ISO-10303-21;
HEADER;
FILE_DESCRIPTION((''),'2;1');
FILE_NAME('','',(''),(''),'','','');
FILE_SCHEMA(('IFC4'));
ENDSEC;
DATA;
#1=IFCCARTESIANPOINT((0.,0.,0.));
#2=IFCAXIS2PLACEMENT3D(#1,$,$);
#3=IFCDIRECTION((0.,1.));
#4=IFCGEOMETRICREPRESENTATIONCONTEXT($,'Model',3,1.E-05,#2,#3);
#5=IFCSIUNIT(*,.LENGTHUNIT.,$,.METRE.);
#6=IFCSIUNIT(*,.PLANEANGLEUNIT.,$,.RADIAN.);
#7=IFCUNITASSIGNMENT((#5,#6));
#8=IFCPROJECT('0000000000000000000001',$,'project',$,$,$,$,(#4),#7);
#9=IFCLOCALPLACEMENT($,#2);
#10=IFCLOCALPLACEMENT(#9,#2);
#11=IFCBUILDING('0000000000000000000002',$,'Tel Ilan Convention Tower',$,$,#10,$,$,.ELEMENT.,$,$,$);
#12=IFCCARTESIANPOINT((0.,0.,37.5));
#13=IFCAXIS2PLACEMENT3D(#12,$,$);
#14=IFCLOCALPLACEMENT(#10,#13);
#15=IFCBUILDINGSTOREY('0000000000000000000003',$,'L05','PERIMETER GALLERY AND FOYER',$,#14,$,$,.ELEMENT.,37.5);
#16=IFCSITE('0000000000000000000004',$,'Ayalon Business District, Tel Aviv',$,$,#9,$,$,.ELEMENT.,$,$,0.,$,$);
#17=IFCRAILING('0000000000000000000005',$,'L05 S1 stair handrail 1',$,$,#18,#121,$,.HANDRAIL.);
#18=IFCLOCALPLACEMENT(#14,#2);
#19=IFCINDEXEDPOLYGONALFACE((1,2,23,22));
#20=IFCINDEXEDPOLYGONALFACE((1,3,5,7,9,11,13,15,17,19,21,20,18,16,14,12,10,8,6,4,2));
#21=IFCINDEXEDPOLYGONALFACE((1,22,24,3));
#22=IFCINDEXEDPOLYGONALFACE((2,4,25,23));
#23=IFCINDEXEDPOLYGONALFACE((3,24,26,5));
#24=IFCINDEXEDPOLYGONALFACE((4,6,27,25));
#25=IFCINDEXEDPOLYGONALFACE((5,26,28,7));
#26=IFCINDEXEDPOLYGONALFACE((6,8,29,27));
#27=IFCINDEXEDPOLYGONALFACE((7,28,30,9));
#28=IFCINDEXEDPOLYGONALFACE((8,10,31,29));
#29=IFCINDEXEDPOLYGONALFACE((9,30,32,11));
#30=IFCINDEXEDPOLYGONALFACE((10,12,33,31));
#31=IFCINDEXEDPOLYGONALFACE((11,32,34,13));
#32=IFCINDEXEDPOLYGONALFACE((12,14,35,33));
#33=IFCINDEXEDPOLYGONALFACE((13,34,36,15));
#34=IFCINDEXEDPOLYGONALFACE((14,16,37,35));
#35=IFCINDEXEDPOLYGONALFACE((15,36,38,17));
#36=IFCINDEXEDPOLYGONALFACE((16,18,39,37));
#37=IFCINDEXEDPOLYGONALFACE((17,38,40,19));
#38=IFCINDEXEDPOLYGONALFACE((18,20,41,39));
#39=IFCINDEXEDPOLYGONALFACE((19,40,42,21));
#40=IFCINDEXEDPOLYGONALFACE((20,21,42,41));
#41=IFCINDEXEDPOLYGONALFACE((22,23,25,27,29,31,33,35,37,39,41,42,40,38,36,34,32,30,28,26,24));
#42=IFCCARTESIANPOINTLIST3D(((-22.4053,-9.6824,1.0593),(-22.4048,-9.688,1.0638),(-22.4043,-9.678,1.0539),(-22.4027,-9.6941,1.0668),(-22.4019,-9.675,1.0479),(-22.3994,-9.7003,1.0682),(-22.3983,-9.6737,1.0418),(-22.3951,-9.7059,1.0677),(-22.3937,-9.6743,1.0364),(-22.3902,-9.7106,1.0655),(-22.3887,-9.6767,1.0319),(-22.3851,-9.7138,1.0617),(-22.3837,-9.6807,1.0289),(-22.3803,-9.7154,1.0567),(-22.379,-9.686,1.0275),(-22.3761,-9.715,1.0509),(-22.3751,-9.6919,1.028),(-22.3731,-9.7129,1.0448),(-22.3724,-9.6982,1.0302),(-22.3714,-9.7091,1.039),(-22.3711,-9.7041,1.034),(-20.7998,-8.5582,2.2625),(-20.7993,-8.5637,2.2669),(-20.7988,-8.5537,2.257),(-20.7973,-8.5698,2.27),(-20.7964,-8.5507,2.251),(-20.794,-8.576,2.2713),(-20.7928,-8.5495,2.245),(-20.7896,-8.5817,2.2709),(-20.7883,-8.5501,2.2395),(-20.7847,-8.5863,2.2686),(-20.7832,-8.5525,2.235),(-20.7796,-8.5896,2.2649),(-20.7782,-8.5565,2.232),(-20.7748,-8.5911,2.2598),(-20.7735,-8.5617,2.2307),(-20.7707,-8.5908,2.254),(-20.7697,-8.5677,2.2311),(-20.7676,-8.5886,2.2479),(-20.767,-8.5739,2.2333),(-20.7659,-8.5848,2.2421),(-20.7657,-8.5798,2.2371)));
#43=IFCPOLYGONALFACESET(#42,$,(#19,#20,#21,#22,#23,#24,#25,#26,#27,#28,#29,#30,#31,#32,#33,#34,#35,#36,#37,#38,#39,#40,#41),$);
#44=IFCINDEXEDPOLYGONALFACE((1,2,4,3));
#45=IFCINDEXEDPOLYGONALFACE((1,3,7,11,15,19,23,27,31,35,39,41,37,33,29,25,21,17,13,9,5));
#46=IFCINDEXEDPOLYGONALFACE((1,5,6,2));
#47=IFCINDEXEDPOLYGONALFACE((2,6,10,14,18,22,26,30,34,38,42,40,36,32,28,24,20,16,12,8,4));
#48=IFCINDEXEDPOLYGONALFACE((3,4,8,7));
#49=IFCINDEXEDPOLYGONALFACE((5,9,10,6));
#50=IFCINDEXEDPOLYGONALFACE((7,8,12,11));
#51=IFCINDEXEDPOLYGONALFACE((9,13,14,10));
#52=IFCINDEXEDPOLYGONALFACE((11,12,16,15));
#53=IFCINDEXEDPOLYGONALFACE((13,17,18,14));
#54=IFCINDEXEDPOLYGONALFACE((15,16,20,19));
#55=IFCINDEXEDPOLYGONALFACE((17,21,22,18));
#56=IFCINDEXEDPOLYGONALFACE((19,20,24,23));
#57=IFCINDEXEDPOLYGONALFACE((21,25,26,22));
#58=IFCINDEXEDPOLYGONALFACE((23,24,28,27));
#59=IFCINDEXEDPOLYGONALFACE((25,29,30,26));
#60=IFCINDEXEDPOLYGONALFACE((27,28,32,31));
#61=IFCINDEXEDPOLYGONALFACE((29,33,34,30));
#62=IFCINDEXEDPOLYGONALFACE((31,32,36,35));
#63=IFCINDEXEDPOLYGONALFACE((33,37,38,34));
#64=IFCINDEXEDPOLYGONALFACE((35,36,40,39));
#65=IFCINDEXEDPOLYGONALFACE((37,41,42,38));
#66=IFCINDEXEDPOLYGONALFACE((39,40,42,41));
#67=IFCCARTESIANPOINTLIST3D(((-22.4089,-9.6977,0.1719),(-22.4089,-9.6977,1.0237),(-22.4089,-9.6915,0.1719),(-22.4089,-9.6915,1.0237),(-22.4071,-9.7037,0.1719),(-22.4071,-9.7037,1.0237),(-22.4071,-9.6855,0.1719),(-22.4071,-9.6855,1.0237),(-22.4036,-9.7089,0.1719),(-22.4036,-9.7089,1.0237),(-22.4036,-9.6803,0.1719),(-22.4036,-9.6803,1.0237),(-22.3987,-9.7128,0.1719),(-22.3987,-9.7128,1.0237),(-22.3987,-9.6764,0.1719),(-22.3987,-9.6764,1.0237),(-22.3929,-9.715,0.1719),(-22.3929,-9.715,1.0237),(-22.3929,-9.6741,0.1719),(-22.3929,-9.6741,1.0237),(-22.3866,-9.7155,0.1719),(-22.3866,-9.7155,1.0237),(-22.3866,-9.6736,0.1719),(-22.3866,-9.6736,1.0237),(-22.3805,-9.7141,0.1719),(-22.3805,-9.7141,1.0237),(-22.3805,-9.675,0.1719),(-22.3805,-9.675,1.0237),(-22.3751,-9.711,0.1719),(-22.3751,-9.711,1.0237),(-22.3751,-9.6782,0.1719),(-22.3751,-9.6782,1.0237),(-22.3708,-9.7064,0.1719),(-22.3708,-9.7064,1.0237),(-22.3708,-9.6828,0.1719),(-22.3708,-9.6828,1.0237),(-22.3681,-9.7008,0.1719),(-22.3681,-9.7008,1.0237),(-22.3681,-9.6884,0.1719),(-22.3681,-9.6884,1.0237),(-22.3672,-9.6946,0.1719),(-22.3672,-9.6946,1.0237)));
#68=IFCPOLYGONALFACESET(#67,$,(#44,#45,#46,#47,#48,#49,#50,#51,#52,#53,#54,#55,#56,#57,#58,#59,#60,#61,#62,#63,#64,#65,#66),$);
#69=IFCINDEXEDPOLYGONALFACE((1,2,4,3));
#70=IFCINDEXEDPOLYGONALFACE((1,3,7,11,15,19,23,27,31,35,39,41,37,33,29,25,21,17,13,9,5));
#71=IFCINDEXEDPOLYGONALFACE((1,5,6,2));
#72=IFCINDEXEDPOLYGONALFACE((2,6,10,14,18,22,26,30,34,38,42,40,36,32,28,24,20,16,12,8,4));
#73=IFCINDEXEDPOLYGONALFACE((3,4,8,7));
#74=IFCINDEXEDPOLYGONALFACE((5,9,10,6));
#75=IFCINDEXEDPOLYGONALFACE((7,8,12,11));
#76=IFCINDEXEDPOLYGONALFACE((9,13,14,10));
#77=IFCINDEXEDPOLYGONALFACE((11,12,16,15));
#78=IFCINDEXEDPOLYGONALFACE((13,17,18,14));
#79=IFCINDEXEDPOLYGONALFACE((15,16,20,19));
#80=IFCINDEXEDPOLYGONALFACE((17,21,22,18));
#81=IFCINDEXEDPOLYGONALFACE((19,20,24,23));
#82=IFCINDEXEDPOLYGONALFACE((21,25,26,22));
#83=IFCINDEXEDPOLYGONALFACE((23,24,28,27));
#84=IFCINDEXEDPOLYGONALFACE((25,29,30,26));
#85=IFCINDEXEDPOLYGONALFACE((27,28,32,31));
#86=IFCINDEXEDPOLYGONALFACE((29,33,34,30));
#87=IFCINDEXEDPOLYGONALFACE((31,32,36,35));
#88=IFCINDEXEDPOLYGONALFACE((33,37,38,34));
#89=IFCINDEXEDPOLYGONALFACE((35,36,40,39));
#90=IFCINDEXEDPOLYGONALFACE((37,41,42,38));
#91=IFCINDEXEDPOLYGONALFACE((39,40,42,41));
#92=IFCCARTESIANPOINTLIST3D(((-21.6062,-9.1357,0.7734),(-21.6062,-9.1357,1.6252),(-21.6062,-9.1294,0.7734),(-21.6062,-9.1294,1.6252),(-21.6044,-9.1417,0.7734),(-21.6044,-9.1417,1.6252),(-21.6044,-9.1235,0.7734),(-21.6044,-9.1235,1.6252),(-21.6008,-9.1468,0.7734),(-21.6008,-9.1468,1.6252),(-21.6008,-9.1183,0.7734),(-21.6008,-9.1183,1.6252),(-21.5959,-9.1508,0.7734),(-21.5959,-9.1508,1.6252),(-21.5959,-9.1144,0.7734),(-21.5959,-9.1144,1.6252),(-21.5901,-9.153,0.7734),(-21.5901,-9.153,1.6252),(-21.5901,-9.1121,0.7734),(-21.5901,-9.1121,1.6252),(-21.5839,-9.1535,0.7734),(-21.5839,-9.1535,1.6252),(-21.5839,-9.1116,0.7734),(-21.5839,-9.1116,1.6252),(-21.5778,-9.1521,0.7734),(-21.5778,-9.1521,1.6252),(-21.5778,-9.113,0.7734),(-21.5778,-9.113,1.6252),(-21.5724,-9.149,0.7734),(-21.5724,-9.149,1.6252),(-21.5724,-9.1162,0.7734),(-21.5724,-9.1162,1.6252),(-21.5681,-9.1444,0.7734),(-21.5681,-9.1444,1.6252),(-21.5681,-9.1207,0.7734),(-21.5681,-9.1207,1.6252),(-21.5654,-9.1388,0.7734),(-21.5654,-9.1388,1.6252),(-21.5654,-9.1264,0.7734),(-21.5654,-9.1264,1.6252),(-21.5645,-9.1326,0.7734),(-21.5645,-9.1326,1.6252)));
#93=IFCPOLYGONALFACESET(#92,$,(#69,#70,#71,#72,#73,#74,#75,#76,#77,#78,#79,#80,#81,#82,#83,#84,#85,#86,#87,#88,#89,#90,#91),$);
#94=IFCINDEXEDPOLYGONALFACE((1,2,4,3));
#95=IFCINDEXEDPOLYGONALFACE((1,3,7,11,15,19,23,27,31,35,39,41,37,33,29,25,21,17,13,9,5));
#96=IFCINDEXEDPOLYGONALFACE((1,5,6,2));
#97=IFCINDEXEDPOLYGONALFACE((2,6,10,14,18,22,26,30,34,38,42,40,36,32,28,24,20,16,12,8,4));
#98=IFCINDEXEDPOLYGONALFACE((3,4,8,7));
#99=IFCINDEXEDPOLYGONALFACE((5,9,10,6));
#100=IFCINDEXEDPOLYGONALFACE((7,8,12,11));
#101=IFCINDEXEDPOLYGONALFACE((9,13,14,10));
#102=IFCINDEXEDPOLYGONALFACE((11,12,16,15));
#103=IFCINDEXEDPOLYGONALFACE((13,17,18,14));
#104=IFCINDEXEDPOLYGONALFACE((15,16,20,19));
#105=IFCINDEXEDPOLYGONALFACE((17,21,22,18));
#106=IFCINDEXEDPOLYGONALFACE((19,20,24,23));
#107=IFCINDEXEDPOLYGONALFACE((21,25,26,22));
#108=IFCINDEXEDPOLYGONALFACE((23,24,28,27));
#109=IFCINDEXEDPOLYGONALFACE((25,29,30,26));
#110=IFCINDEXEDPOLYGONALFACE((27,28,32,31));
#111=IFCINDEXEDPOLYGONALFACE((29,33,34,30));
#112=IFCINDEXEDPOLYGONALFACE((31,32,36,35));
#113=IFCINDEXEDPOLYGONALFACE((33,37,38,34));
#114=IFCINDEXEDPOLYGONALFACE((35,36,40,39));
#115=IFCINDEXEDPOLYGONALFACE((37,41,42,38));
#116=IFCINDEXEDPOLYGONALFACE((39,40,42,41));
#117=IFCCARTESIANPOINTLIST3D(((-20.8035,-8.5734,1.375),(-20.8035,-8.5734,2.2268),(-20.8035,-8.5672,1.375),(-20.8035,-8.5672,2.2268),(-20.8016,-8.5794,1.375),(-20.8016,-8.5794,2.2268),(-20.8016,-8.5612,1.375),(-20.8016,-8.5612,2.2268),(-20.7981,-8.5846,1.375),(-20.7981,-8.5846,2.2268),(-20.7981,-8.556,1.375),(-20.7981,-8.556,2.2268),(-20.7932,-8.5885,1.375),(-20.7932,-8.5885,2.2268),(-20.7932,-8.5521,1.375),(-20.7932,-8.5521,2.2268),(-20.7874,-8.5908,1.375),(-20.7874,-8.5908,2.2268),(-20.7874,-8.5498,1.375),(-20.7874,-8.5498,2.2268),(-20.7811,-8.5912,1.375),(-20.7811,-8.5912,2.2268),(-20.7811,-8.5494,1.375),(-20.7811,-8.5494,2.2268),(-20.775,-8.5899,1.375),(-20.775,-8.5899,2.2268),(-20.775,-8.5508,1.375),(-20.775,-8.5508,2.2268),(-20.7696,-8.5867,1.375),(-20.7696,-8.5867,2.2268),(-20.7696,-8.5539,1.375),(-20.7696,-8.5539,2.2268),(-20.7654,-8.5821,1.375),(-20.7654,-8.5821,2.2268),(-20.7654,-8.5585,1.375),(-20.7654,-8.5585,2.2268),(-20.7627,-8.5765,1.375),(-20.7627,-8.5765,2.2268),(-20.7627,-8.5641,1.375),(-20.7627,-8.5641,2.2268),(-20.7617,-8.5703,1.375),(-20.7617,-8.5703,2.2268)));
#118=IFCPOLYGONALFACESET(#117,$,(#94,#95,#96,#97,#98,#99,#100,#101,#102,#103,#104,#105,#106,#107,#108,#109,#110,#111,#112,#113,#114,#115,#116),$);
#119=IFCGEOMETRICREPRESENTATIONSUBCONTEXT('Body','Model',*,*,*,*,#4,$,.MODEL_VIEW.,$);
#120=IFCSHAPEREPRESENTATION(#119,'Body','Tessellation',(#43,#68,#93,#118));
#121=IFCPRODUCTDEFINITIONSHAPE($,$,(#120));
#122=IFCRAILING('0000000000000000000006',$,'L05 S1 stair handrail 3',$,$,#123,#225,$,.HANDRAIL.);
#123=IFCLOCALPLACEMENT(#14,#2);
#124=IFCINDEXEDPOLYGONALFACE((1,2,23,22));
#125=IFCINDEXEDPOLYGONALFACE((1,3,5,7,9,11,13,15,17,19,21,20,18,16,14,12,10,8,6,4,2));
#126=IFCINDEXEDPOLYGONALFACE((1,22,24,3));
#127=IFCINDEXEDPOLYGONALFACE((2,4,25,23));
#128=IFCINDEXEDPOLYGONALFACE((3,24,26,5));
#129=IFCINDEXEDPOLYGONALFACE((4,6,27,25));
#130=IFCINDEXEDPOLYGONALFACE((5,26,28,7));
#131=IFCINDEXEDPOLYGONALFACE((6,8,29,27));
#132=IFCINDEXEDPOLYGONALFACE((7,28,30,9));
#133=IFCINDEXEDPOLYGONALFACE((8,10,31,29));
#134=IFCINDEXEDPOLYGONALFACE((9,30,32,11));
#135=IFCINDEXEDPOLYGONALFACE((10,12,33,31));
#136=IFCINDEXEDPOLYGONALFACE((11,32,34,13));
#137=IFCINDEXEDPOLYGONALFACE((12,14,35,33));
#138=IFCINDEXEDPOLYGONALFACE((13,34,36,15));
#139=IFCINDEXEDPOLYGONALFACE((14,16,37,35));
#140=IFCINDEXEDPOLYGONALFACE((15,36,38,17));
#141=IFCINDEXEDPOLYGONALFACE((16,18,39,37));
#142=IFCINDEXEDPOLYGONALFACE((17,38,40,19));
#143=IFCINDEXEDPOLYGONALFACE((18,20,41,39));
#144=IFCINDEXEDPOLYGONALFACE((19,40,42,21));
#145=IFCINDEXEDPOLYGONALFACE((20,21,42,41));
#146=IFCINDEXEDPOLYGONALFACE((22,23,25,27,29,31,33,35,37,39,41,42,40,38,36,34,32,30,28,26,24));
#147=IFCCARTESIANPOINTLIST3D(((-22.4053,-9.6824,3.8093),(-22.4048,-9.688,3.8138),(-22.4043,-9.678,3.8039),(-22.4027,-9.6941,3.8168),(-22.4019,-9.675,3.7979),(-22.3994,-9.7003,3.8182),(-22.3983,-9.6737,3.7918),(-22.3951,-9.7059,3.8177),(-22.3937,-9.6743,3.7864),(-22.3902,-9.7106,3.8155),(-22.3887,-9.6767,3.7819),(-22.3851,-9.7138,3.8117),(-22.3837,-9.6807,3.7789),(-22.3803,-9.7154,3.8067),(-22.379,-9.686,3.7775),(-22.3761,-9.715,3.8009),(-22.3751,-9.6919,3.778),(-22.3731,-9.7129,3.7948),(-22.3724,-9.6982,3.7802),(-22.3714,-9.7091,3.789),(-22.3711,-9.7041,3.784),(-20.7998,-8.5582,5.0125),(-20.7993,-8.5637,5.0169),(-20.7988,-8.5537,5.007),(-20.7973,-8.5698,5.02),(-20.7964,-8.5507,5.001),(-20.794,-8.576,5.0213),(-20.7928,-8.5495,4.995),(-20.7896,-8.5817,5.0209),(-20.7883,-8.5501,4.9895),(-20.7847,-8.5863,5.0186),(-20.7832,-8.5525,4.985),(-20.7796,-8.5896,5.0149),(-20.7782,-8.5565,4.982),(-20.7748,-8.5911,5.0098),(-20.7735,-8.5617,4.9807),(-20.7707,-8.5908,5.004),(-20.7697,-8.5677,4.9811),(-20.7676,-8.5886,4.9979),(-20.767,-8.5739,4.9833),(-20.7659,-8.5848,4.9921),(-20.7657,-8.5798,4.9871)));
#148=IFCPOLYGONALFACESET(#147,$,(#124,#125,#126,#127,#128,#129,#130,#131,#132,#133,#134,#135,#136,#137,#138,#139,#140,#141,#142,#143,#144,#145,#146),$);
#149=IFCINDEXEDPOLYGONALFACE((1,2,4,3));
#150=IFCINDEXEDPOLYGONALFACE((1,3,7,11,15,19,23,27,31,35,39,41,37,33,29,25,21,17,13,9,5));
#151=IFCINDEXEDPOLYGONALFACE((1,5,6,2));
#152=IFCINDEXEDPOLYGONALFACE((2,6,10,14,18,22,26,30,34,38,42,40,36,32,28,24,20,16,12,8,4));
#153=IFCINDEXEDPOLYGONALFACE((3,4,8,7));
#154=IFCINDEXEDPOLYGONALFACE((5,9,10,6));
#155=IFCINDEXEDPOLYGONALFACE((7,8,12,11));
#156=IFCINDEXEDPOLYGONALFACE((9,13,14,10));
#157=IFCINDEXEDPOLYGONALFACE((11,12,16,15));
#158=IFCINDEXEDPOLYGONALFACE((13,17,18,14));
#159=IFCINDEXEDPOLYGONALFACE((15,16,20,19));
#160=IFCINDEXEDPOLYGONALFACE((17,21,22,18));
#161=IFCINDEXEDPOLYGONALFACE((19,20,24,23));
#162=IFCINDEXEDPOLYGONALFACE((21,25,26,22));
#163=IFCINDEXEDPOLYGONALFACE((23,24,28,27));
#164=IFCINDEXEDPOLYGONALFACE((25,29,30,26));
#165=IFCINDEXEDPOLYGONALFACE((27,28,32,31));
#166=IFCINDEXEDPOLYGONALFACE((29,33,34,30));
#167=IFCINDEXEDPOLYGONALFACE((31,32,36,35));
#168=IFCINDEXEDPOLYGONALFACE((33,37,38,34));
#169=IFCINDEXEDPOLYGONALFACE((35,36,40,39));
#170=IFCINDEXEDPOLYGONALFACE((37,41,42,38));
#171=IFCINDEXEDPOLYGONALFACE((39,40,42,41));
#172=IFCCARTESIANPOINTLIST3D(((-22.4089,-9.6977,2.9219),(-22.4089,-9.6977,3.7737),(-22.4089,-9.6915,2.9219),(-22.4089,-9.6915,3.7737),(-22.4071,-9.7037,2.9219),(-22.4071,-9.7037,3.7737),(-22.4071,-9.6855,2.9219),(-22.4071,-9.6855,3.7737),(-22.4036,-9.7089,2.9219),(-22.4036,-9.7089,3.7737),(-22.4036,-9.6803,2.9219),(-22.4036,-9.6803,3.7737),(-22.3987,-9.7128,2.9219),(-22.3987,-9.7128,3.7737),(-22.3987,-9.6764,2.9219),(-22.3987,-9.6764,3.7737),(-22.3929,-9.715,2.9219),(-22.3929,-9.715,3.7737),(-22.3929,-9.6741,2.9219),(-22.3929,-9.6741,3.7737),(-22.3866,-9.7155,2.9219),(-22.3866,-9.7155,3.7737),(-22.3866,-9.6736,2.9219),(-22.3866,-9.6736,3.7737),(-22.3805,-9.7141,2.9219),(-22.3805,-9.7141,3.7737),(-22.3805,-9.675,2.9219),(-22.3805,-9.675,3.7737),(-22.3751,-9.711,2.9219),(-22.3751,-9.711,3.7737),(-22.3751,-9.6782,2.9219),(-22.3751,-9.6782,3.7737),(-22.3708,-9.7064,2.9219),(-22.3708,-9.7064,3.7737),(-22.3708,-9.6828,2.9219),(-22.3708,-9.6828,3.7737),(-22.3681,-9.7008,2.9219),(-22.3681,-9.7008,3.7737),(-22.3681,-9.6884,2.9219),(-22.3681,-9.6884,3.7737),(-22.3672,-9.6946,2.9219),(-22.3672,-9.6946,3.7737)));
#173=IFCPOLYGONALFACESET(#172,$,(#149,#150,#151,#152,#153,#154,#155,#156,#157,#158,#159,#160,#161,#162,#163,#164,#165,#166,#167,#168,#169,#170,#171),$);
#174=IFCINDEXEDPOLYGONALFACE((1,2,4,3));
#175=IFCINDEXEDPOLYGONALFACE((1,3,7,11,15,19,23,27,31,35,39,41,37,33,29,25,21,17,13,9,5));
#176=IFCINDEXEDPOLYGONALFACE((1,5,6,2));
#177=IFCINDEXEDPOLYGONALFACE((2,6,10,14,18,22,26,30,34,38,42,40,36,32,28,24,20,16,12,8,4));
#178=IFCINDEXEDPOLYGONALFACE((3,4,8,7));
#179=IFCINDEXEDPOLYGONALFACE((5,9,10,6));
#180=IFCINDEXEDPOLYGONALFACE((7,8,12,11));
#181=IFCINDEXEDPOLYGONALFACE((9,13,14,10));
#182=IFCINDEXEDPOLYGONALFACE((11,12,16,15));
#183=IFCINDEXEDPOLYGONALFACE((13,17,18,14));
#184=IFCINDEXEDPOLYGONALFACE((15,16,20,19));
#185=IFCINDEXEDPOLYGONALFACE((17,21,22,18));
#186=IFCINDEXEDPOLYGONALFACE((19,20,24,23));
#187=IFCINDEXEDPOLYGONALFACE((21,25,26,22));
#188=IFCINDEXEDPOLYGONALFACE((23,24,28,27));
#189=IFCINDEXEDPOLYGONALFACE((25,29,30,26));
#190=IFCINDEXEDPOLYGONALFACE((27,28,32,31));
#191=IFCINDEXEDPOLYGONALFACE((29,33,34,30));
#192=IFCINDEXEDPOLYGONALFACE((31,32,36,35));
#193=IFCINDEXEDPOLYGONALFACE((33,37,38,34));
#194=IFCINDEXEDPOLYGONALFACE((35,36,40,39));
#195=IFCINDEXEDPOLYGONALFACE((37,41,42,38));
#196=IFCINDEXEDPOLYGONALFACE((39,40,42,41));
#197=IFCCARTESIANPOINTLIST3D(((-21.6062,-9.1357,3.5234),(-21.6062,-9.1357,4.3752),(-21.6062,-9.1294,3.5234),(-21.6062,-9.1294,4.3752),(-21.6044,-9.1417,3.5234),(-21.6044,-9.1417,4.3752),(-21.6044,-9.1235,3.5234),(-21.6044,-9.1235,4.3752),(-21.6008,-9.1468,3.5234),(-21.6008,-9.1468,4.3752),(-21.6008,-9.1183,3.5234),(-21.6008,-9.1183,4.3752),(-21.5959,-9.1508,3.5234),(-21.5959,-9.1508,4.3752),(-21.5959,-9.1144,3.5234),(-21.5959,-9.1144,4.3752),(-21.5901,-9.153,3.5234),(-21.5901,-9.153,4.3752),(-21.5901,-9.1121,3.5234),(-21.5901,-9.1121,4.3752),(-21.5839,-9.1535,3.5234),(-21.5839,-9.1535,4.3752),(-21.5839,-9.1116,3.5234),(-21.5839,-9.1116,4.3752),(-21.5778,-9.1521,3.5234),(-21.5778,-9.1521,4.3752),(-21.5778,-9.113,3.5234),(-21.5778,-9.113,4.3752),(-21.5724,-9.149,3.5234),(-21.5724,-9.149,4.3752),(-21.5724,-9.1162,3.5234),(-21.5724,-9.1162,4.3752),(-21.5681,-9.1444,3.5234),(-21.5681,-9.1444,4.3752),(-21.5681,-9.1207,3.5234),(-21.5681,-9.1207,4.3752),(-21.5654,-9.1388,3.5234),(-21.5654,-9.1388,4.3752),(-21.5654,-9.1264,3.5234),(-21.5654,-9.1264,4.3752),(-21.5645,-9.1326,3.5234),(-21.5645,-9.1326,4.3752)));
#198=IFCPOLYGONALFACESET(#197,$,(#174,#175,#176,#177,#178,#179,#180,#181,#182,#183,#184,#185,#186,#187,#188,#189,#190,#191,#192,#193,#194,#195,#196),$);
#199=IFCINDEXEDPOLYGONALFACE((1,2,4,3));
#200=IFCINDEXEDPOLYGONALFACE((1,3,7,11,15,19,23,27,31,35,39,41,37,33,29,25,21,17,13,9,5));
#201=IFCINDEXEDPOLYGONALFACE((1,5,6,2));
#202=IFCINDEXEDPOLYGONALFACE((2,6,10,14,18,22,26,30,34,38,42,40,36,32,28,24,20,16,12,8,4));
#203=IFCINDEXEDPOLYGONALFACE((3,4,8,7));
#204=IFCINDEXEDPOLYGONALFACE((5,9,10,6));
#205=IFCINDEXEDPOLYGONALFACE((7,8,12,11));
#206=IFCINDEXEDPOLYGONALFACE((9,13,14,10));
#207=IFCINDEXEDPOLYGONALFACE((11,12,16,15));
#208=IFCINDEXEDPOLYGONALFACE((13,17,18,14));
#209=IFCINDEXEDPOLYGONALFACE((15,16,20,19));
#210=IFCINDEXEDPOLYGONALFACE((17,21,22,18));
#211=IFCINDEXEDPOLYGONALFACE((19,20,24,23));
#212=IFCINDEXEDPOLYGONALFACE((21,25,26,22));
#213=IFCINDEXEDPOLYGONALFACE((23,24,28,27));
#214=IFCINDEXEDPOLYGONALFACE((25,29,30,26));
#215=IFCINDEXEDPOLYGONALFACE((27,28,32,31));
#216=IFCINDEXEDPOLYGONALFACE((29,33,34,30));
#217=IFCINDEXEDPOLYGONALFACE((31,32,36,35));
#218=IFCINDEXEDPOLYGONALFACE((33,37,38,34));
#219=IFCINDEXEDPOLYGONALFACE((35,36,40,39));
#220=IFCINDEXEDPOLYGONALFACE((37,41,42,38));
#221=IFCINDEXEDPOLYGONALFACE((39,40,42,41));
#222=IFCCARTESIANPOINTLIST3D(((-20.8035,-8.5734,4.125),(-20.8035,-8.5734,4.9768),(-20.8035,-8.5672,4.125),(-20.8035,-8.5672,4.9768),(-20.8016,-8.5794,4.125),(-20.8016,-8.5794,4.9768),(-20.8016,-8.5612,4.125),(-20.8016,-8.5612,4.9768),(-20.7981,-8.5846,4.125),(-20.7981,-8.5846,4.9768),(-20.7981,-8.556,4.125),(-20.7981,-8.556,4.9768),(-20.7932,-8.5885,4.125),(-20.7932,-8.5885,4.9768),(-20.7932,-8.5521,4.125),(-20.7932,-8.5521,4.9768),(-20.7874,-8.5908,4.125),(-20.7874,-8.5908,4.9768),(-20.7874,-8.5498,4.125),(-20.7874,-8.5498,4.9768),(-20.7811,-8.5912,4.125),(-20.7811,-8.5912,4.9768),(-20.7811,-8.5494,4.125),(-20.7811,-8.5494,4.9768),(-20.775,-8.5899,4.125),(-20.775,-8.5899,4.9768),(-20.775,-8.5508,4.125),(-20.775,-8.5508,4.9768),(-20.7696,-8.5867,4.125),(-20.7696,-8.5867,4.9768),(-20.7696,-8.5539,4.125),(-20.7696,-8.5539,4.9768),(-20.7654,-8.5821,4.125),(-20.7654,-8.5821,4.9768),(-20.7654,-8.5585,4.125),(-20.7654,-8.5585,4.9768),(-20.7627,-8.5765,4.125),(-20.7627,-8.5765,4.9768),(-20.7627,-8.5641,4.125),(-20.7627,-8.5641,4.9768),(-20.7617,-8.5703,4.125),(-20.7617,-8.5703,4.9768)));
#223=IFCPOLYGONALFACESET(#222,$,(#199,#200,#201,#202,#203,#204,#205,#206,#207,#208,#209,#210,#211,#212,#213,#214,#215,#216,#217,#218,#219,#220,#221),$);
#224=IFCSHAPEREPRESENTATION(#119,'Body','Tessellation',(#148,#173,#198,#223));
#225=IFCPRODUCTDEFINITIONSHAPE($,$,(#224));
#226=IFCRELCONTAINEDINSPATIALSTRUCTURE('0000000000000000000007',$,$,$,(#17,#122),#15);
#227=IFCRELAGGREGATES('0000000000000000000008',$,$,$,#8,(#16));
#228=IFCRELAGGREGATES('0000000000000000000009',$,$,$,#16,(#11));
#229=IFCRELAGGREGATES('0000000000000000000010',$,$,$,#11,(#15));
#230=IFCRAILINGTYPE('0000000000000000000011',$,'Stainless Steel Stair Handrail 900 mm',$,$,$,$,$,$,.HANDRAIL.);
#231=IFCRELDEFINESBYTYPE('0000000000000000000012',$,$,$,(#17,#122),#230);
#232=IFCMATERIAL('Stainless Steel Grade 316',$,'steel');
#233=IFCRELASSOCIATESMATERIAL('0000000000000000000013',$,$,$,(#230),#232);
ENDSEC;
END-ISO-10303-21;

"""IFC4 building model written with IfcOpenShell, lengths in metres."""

from ifc_helpers import new_model, si_unit, direction, frame, origin, origin_2d, place, context, subcontext, project, spatial, circle, extrude, material, type_object, element, save


model = new_model("IFC4")

# Units and contexts
model_context = context("Model", 3, precision=1e-05, world=origin(), true_north=direction((0.0, 1.0)))
body_context = subcontext(model_context, "Body", "Model", "MODEL_VIEW")
ifc_project = project(units=[si_unit("LENGTHUNIT", "METRE"), si_unit("PLANEANGLEUNIT", "RADIAN")], contexts=[model_context])

# Site, building, storey
site_placement = place(None, origin())
site = spatial("IfcSite", under=ifc_project, at=site_placement, Name="Ayalon Business District, Tel Aviv", CompositionType="ELEMENT", RefElevation=0.0)
building_placement = place(site_placement, origin())
building = spatial("IfcBuilding", under=site, at=building_placement, Name="Tel Ilan Convention Tower", CompositionType="ELEMENT")
storey_placement = place(building_placement, frame((0.0, 0.0, 37.5)))
storey = spatial("IfcBuildingStorey", under=building, at=storey_placement, Name="L05", Description="PERIMETER GALLERY AND FOYER", CompositionType="ELEMENT", Elevation=37.5)

# Railings
ifc_material_1 = material(Name="Stainless Steel Grade 316", Category="steel")
railing_type_1 = type_object("IfcRailingType", Name="Stainless Steel Stair Handrail 900 mm", PredefinedType="HANDRAIL", material=ifc_material_1)
for number, where, name in (
    (1, (-22.3882, -9.6946, 0.1719), "L05 S1 stair handrail 1"),
    (2, (-22.3882, -9.6946, 2.9219), "L05 S1 stair handrail 3"),
):
    element("IfcRailing", number, at=place(storey_placement, frame(where)), inside=storey, type_object=railing_type_1, Name=name, PredefinedType="HANDRAIL", context=body_context, shape_type="SweptSolid", body=[
        extrude(circle(Radius=0.0239, at=origin_2d()), frame((0.0, 0.0, 0.876), z_axis=(0.698095, 0.488857, 0.523146), x_axis=(-0.573613, 0.819127, 0.0)), (0.0, 0.0, 1.0), 2.2998),
        extrude(circle(Radius=0.021, at=origin_2d()), origin(), (0.0, 0.0, 1.0), 0.8518),
        extrude(circle(Radius=0.021, at=origin_2d()), frame((0.8027, 0.562, 0.6016)), (0.0, 0.0, 1.0), 0.8518),
        extrude(circle(Radius=0.021, at=origin_2d()), frame((1.6055, 1.1243, 1.2031)), (0.0, 0.0, 1.0), 0.8518),
    ])

save(model, "model.ifc")
